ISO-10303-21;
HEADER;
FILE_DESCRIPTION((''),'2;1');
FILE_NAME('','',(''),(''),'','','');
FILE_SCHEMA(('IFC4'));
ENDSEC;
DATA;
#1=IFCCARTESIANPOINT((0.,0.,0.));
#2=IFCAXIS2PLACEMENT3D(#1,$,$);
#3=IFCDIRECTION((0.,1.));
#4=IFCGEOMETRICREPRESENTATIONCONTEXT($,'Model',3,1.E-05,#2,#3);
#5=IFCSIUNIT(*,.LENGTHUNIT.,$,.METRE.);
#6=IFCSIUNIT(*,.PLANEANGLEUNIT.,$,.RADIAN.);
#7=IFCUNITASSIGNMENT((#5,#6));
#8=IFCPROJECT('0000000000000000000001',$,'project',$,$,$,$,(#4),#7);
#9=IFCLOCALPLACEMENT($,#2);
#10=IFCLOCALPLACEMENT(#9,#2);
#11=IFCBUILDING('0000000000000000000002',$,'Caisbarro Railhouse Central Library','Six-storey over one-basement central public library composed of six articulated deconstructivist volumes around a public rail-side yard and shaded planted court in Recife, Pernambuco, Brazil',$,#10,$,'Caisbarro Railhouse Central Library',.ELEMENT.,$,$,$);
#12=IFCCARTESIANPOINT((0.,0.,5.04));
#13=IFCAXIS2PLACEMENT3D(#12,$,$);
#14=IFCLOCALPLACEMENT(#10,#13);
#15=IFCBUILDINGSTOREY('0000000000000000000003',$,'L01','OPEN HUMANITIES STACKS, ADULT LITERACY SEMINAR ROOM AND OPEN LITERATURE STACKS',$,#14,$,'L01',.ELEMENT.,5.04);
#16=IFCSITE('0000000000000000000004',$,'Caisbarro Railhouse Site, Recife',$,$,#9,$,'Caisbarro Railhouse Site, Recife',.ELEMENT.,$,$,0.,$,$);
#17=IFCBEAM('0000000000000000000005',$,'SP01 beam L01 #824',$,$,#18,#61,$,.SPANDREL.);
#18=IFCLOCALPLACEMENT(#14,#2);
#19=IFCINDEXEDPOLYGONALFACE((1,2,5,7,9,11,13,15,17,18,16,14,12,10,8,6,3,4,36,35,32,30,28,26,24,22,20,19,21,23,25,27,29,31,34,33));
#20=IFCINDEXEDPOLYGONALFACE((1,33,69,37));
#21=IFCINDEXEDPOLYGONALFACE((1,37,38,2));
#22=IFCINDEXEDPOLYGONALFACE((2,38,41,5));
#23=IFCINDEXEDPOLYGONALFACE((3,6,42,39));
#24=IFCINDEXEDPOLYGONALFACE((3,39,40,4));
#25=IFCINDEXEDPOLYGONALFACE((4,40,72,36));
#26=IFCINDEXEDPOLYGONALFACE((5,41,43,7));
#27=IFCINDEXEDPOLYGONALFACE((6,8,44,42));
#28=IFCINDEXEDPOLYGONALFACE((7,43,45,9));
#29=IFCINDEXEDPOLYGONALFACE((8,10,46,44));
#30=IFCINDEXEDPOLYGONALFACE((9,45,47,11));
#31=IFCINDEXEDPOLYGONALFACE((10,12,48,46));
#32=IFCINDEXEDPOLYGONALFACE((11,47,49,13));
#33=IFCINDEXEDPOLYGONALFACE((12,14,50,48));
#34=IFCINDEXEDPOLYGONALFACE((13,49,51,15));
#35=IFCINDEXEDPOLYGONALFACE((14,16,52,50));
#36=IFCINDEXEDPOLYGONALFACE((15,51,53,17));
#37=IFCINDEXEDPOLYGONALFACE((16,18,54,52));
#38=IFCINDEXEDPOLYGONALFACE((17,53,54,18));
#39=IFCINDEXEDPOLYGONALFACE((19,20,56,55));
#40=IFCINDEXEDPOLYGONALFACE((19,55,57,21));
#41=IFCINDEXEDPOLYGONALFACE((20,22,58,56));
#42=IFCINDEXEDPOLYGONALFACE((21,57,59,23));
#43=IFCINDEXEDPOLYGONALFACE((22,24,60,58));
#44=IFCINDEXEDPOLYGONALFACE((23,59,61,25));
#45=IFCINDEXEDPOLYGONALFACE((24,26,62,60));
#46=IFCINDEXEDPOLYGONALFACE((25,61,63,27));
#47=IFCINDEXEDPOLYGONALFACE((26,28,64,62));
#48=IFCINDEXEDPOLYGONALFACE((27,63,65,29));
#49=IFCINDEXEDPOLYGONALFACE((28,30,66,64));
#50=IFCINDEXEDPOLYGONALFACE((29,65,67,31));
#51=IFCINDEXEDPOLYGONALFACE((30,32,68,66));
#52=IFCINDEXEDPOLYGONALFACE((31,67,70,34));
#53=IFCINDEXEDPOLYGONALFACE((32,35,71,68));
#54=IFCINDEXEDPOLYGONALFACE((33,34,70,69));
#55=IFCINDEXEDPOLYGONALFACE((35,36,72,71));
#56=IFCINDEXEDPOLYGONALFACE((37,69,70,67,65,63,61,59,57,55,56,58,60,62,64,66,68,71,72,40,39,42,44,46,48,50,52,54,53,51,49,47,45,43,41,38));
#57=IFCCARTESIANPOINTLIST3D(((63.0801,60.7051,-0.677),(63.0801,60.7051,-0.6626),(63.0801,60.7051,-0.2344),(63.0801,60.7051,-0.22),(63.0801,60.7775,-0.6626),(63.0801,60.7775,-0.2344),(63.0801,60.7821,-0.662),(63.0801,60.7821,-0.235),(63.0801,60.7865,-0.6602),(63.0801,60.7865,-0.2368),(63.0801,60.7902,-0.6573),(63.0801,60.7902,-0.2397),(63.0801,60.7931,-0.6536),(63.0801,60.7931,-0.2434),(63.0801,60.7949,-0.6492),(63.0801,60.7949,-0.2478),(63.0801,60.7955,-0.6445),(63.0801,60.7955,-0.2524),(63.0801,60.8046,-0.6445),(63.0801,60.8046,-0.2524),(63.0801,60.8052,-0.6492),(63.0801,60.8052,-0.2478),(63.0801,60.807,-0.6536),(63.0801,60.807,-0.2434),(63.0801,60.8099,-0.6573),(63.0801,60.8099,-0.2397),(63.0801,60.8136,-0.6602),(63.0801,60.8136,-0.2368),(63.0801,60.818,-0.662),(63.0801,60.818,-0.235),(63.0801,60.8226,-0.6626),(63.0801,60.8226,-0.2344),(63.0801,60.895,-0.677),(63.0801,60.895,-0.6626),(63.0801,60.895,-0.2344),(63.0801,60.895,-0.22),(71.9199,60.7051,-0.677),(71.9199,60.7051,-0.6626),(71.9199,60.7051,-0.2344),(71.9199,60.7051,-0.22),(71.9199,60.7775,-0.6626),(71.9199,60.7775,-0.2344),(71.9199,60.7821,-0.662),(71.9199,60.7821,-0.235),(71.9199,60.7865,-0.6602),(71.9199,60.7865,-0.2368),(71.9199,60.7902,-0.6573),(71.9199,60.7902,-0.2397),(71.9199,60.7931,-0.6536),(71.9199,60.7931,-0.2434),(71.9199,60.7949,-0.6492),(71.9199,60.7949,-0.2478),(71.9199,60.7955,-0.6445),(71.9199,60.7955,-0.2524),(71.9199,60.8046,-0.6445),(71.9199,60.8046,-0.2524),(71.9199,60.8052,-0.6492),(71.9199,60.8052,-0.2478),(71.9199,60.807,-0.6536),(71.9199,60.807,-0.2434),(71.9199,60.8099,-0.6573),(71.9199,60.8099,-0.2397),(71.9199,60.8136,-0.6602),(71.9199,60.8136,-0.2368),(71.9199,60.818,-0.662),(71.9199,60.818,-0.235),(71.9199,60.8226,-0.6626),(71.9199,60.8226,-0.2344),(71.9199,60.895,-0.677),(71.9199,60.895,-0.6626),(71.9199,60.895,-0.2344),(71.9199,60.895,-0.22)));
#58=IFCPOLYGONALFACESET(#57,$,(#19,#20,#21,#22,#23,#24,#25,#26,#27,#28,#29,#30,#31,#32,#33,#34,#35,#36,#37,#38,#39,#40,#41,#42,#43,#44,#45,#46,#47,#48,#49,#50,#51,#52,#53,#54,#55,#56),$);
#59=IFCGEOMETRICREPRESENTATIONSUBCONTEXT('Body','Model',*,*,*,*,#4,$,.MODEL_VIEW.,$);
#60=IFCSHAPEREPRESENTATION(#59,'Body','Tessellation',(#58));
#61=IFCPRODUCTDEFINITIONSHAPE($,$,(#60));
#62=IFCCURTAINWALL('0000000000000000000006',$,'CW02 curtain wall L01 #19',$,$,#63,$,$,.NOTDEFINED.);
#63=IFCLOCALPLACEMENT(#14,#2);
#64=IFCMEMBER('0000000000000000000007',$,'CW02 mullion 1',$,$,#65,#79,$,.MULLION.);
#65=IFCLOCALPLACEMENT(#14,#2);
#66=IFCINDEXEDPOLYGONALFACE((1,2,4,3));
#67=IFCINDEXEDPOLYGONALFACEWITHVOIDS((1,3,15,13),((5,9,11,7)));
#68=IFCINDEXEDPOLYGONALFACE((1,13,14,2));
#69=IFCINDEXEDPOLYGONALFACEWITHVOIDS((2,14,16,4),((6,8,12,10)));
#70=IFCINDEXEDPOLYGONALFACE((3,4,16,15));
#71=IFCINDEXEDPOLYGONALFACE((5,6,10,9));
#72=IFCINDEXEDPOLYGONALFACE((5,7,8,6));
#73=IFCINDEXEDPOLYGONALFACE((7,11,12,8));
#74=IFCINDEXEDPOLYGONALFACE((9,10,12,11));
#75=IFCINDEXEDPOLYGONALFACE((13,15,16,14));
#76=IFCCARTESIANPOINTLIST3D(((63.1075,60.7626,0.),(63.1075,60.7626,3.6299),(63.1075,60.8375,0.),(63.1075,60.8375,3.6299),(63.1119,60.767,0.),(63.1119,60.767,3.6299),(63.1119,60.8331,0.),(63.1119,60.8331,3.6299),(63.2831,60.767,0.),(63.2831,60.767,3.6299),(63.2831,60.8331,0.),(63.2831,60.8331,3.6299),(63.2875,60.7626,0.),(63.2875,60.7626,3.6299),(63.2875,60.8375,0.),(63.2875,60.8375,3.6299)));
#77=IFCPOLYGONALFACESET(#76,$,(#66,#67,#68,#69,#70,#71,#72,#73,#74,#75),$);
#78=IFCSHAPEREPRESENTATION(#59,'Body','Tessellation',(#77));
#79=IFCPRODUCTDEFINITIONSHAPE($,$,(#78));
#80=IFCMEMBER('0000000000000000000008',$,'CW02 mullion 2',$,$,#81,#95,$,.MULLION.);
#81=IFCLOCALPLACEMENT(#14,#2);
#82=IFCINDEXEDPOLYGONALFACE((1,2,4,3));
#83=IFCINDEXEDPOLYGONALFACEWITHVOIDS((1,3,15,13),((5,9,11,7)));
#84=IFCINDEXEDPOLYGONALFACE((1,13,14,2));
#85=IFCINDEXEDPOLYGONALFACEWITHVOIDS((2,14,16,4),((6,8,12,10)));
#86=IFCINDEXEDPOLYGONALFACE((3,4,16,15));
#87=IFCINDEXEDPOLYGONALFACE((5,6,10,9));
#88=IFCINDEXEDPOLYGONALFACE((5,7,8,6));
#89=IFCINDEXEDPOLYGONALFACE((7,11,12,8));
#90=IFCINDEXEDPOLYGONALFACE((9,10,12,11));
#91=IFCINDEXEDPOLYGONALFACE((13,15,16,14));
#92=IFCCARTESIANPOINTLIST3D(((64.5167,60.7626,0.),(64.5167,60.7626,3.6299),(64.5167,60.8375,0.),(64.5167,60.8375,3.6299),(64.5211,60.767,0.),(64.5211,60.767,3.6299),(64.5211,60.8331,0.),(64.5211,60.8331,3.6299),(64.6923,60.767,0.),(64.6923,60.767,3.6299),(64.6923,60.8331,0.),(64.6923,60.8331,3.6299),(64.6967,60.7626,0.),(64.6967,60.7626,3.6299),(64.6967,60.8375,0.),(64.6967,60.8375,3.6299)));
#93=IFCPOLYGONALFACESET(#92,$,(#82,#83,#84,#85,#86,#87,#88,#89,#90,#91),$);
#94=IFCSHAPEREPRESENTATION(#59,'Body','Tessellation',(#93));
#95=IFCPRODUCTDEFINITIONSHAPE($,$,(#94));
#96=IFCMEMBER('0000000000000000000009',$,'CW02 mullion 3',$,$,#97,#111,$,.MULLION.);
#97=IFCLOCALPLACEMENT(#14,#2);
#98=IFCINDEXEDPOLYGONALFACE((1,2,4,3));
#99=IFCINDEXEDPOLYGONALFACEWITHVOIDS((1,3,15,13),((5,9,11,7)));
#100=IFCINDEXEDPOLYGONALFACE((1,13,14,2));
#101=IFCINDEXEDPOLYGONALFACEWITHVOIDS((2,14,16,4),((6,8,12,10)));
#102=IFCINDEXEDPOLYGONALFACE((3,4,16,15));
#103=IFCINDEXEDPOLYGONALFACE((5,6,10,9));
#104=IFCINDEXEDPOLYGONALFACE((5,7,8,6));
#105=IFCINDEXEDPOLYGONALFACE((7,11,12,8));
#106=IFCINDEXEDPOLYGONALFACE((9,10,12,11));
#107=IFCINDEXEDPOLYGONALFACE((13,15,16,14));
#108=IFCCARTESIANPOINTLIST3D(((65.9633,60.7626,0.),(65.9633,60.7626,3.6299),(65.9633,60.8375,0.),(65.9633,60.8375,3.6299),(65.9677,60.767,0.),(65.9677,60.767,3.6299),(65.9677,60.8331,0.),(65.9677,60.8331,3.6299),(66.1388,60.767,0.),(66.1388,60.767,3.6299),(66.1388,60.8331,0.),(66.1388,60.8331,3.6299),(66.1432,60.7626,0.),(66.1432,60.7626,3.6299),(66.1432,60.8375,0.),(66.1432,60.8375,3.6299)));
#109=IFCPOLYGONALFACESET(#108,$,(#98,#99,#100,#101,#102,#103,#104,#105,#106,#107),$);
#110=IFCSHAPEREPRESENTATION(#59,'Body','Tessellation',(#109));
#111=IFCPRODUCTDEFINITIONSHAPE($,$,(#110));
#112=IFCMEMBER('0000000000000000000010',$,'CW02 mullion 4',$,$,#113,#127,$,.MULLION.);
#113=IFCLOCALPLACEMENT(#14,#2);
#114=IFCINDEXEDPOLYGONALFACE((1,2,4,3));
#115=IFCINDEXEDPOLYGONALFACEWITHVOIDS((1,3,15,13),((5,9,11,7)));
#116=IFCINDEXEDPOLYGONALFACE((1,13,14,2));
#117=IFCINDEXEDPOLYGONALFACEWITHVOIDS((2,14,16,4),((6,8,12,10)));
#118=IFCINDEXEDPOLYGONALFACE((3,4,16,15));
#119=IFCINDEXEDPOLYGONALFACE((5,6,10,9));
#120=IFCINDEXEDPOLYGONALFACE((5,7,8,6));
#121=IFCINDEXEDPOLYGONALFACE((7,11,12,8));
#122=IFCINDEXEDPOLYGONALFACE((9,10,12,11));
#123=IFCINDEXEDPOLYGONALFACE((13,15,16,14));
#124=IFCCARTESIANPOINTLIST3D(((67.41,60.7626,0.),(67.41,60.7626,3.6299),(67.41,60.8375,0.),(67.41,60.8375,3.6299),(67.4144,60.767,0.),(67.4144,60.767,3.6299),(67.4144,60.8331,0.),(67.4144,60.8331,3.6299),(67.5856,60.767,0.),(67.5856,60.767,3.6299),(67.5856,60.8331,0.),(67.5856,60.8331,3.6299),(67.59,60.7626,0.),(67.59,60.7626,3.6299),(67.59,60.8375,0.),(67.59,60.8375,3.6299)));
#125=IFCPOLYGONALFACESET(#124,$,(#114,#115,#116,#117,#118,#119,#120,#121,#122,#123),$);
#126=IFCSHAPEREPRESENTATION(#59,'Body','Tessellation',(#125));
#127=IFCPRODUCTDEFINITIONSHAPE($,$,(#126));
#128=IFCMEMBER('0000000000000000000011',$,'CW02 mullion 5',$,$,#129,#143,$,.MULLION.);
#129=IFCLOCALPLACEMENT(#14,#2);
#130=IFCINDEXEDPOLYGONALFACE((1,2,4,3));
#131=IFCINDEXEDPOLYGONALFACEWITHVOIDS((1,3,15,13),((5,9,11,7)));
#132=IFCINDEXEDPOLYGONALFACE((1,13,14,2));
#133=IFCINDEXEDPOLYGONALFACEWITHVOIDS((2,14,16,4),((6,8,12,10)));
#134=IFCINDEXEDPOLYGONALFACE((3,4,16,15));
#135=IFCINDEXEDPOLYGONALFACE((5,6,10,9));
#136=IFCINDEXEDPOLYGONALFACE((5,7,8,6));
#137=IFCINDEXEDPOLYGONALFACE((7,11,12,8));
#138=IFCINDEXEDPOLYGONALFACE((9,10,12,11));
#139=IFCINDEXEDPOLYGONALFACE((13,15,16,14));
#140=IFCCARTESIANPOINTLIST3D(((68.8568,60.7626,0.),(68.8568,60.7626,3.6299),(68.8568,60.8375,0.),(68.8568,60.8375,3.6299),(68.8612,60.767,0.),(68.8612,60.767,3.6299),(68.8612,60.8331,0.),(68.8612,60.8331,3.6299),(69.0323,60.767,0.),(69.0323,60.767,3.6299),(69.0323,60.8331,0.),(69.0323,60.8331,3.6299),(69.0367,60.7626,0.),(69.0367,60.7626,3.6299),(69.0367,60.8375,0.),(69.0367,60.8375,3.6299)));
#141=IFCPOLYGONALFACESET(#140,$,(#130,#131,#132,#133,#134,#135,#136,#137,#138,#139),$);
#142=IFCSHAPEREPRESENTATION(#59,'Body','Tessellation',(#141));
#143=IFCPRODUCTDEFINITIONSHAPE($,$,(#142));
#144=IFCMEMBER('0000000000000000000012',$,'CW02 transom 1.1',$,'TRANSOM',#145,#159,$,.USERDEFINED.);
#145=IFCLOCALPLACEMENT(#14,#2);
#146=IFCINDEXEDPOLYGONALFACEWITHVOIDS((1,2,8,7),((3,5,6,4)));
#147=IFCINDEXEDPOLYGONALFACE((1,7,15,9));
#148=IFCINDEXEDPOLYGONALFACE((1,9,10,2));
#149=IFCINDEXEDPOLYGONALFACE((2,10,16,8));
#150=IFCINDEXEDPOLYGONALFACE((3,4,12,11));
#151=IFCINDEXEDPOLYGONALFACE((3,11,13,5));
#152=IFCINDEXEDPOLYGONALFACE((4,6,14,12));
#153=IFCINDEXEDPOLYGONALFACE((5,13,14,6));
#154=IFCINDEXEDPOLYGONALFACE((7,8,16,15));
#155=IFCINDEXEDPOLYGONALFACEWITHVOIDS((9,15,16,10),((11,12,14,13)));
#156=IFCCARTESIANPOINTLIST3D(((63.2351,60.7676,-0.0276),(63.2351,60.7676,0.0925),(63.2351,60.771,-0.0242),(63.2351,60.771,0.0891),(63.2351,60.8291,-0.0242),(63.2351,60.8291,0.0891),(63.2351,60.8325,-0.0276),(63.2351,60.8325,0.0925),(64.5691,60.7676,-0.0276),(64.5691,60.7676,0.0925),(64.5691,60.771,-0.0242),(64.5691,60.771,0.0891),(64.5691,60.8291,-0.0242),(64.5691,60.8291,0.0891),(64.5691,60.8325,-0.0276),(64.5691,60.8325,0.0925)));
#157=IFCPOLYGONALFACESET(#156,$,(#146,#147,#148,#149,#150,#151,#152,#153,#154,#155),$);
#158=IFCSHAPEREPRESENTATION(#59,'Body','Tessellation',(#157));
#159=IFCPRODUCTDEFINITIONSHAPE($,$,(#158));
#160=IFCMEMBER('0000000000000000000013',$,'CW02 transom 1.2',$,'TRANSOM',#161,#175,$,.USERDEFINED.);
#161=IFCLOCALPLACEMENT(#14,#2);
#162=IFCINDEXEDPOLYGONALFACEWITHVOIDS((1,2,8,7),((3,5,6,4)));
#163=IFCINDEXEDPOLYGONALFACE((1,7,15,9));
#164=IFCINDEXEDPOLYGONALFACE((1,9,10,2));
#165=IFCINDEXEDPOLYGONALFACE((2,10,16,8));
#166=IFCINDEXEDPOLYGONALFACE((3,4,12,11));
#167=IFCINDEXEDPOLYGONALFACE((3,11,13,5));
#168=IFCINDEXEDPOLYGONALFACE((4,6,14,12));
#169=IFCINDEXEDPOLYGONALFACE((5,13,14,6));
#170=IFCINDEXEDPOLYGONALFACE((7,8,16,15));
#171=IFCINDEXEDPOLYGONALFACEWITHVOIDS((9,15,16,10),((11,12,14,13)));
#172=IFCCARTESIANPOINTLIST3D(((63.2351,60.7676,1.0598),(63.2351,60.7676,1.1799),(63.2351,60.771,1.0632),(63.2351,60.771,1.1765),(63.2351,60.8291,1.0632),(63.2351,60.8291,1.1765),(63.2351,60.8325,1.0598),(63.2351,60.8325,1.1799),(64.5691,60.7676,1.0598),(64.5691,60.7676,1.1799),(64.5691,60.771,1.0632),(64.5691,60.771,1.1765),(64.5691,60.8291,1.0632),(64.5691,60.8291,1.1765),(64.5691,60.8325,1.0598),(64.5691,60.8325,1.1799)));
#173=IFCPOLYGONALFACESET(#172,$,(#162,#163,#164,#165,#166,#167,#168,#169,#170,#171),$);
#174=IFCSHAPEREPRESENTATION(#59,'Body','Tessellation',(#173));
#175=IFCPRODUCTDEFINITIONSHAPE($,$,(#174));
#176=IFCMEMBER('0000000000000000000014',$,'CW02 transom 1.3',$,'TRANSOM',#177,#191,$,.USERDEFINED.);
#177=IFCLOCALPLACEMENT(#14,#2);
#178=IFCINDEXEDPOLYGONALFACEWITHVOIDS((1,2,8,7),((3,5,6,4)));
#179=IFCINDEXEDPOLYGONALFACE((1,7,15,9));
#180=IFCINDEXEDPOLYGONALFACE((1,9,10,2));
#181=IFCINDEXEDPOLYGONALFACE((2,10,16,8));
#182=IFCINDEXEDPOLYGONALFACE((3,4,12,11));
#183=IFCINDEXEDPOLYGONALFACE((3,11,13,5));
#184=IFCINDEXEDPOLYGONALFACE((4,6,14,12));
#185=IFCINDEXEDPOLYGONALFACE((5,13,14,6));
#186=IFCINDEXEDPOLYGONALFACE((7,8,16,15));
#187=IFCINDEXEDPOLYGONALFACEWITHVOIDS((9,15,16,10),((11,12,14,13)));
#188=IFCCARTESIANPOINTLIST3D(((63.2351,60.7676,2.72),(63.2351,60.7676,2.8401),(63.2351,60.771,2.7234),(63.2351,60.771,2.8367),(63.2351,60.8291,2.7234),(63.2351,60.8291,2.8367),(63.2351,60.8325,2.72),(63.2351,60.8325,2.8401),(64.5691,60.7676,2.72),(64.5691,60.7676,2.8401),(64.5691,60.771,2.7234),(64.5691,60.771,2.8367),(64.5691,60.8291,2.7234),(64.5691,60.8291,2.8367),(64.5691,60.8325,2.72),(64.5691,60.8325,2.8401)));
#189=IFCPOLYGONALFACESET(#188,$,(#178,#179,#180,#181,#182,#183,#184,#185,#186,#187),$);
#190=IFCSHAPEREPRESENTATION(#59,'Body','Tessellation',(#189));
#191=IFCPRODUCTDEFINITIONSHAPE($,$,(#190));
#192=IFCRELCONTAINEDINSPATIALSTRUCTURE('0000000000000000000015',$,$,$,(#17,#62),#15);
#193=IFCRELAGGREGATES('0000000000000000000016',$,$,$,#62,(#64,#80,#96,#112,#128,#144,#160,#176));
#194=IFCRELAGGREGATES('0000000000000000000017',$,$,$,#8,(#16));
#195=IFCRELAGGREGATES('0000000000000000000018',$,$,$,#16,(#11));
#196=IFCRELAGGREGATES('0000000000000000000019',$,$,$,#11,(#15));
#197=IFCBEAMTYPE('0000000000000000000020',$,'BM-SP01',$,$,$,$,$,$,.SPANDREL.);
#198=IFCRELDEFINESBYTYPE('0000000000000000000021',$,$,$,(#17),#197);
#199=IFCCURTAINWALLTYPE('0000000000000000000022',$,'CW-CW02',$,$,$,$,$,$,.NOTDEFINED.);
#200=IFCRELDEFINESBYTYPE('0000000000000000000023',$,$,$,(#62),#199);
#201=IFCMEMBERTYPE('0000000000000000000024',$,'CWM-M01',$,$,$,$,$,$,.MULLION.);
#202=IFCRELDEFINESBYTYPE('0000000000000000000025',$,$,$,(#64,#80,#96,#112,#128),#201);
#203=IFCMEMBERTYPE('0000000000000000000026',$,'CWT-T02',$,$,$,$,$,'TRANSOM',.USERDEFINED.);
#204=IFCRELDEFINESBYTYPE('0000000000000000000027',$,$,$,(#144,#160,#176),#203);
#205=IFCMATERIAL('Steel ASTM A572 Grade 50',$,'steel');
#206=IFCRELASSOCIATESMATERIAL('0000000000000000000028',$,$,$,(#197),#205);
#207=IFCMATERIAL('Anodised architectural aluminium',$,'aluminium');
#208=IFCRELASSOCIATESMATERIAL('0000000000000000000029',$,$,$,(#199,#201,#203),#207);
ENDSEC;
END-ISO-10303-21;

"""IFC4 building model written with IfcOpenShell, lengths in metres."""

from ifc_helpers import new_model, si_unit, direction, frame, origin, origin_2d, place, context, subcontext, project, spatial, hollow_rectangle, i_section, extrude, material, material_profile, profile_set, type_object, element, aggregate, save


model = new_model("IFC4")

# Units and contexts
model_context = context("Model", 3, precision=1e-05, world=origin(), true_north=direction((0.0, 1.0)))
body_context = subcontext(model_context, "Body", "Model", "MODEL_VIEW")
ifc_project = project(units=[si_unit("LENGTHUNIT", "METRE"), si_unit("PLANEANGLEUNIT", "RADIAN")], contexts=[model_context])

# Site, building, storey
site_placement = place(None, origin())
site = spatial("IfcSite", under=ifc_project, at=site_placement, Name="Caisbarro Railhouse Site, Recife", LongName="Caisbarro Railhouse Site, Recife", CompositionType="ELEMENT", RefElevation=0.0)
building_placement = place(site_placement, origin())
building = spatial("IfcBuilding", under=site, at=building_placement, Name="Caisbarro Railhouse Central Library", Description="Six-storey over one-basement central public library composed of six articulated deconstructivist volumes around a public rail-side yard and shaded planted court in Recife, Pernambuco, Brazil", LongName="Caisbarro Railhouse Central Library", CompositionType="ELEMENT")
storey_placement = place(building_placement, frame((0.0, 0.0, 5.04)))
storey = spatial("IfcBuildingStorey", under=building, at=storey_placement, Name="L01", Description="OPEN HUMANITIES STACKS, ADULT LITERACY SEMINAR ROOM AND OPEN LITERATURE STACKS", LongName="L01", CompositionType="ELEMENT", Elevation=5.04)

# Beam
ifc_material_1 = material(Name="Steel ASTM A572 Grade 50", Category="steel")
ifc_material_profile_1 = material_profile(ifc_material_1, i_section(OverallWidth=0.1899, OverallDepth=0.457, WebThickness=0.009, FlangeThickness=0.0144, FilletRadius=0.0181, at=origin_2d()), Name="W460X74.0")
ifc_profile_set_1 = profile_set([ifc_material_profile_1], Name="Steel ASTM A572 Grade 50")
beam_type = type_object("IfcBeamType", Name="BM-SP01", PredefinedType="SPANDREL", material=ifc_profile_set_1)
beam_placement = place(storey_placement, frame((63.0801, 60.8, -0.4485), z_axis=(1.0, 0.0, 0.0), x_axis=(0.0, 1.0, 0.0)))
element("IfcBeam", 1, at=beam_placement, inside=storey, type_object=beam_type, Name="SP01 beam L01 #824", PredefinedType="SPANDREL", context=body_context, shape_type="SweptSolid", body=[
    extrude(i_section(OverallWidth=0.1899, OverallDepth=0.457, WebThickness=0.009, FlangeThickness=0.0144, FilletRadius=0.0181, at=origin_2d()), origin(), (0.0, 0.0, 1.0), 8.8398),
])

# Curtain wall, members
ifc_material_2 = material(Name="Anodised architectural aluminium", Category="aluminium")
curtain_wall_type = type_object("IfcCurtainWallType", Name="CW-CW02", PredefinedType="NOTDEFINED", material=ifc_material_2)
curtain_wall_placement = place(storey_placement, origin())
curtain_wall = element("IfcCurtainWall", 2, at=curtain_wall_placement, inside=storey, type_object=curtain_wall_type, Name="CW02 curtain wall L01 #19", PredefinedType="NOTDEFINED")
ifc_material_profile_2 = material_profile(ifc_material_2, hollow_rectangle(XDim=0.075, YDim=0.1799, WallThickness=0.0044, at=origin_2d()), Name="ALU-MUL-75X180")
ifc_profile_set_2 = profile_set([ifc_material_profile_2], Name="Anodised architectural aluminium")
member_type_1 = type_object("IfcMemberType", Name="CWM-M01", PredefinedType="MULLION", material=ifc_profile_set_2)
member_1_placement = place(storey_placement, frame((63.1975, 60.8, 0.0), z_axis=(0.0, 0.0, 1.0), x_axis=(0.0, 1.0, 0.0)))
member_1 = element("IfcMember", 3, at=member_1_placement, type_object=member_type_1, Name="CW02 mullion 1", PredefinedType="MULLION", context=body_context, shape_type="SweptSolid", body=[
    extrude(hollow_rectangle(XDim=0.075, YDim=0.1799, WallThickness=0.0044, at=origin_2d()), origin(), (0.0, 0.0, 1.0), 3.6299),
])
member_2_placement = place(storey_placement, frame((64.6067, 60.8, 0.0), z_axis=(0.0, 0.0, 1.0), x_axis=(0.0, 1.0, 0.0)))
member_2 = element("IfcMember", 4, at=member_2_placement, type_object=member_type_1, Name="CW02 mullion 2", PredefinedType="MULLION", context=body_context, shape_type="SweptSolid", body=[
    extrude(hollow_rectangle(XDim=0.075, YDim=0.1799, WallThickness=0.0044, at=origin_2d()), origin(), (0.0, 0.0, 1.0), 3.6299),
])
member_3_placement = place(storey_placement, frame((66.0532, 60.8, 0.0), z_axis=(0.0, 0.0, 1.0), x_axis=(0.0, 1.0, 0.0)))
member_3 = element("IfcMember", 5, at=member_3_placement, type_object=member_type_1, Name="CW02 mullion 3", PredefinedType="MULLION", context=body_context, shape_type="SweptSolid", body=[
    extrude(hollow_rectangle(XDim=0.075, YDim=0.1799, WallThickness=0.0044, at=origin_2d()), origin(), (0.0, 0.0, 1.0), 3.6299),
])
member_4_placement = place(storey_placement, frame((67.5, 60.8, 0.0), z_axis=(0.0, 0.0, 1.0), x_axis=(0.0, 1.0, 0.0)))
member_4 = element("IfcMember", 6, at=member_4_placement, type_object=member_type_1, Name="CW02 mullion 4", PredefinedType="MULLION", context=body_context, shape_type="SweptSolid", body=[
    extrude(hollow_rectangle(XDim=0.075, YDim=0.1799, WallThickness=0.0044, at=origin_2d()), origin(), (0.0, 0.0, 1.0), 3.6299),
])
member_5_placement = place(storey_placement, frame((68.9468, 60.8, 0.0), z_axis=(0.0, 0.0, 1.0), x_axis=(0.0, 1.0, 0.0)))
member_5 = element("IfcMember", 7, at=member_5_placement, type_object=member_type_1, Name="CW02 mullion 5", PredefinedType="MULLION", context=body_context, shape_type="SweptSolid", body=[
    extrude(hollow_rectangle(XDim=0.075, YDim=0.1799, WallThickness=0.0044, at=origin_2d()), origin(), (0.0, 0.0, 1.0), 3.6299),
])
ifc_material_profile_3 = material_profile(ifc_material_2, hollow_rectangle(XDim=0.0649, YDim=0.1201, WallThickness=0.0034, at=origin_2d()), Name="ALU-TRN-65X120")
ifc_profile_set_3 = profile_set([ifc_material_profile_3], Name="Anodised architectural aluminium")
member_type_2 = type_object("IfcMemberType", Name="CWT-T02", ElementType="TRANSOM", PredefinedType="USERDEFINED", material=ifc_profile_set_3)
member_6_placement = place(storey_placement, frame((63.2351, 60.8, 0.0325), z_axis=(1.0, 0.0, 0.0), x_axis=(0.0, 1.0, 0.0)))
member_6 = element("IfcMember", 8, at=member_6_placement, type_object=member_type_2, Name="CW02 transom 1.1", ObjectType="TRANSOM", PredefinedType="USERDEFINED", context=body_context, shape_type="SweptSolid", body=[
    extrude(hollow_rectangle(XDim=0.0649, YDim=0.1201, WallThickness=0.0034, at=origin_2d()), origin(), (0.0, 0.0, 1.0), 1.334),
])
member_7_placement = place(storey_placement, frame((63.2351, 60.8, 1.1199), z_axis=(1.0, 0.0, 0.0), x_axis=(0.0, 1.0, 0.0)))
member_7 = element("IfcMember", 9, at=member_7_placement, type_object=member_type_2, Name="CW02 transom 1.2", ObjectType="TRANSOM", PredefinedType="USERDEFINED", context=body_context, shape_type="SweptSolid", body=[
    extrude(hollow_rectangle(XDim=0.0649, YDim=0.1201, WallThickness=0.0034, at=origin_2d()), origin(), (0.0, 0.0, 1.0), 1.334),
])
member_8_placement = place(storey_placement, frame((63.2351, 60.8, 2.78), z_axis=(1.0, 0.0, 0.0), x_axis=(0.0, 1.0, 0.0)))
member_8 = element("IfcMember", 10, at=member_8_placement, type_object=member_type_2, Name="CW02 transom 1.3", ObjectType="TRANSOM", PredefinedType="USERDEFINED", context=body_context, shape_type="SweptSolid", body=[
    extrude(hollow_rectangle(XDim=0.0649, YDim=0.1201, WallThickness=0.0034, at=origin_2d()), origin(), (0.0, 0.0, 1.0), 1.334),
])
aggregate(curtain_wall, [member_1, member_2, member_3, member_4, member_5, member_6, member_7, member_8])

save(model, "model.ifc")
